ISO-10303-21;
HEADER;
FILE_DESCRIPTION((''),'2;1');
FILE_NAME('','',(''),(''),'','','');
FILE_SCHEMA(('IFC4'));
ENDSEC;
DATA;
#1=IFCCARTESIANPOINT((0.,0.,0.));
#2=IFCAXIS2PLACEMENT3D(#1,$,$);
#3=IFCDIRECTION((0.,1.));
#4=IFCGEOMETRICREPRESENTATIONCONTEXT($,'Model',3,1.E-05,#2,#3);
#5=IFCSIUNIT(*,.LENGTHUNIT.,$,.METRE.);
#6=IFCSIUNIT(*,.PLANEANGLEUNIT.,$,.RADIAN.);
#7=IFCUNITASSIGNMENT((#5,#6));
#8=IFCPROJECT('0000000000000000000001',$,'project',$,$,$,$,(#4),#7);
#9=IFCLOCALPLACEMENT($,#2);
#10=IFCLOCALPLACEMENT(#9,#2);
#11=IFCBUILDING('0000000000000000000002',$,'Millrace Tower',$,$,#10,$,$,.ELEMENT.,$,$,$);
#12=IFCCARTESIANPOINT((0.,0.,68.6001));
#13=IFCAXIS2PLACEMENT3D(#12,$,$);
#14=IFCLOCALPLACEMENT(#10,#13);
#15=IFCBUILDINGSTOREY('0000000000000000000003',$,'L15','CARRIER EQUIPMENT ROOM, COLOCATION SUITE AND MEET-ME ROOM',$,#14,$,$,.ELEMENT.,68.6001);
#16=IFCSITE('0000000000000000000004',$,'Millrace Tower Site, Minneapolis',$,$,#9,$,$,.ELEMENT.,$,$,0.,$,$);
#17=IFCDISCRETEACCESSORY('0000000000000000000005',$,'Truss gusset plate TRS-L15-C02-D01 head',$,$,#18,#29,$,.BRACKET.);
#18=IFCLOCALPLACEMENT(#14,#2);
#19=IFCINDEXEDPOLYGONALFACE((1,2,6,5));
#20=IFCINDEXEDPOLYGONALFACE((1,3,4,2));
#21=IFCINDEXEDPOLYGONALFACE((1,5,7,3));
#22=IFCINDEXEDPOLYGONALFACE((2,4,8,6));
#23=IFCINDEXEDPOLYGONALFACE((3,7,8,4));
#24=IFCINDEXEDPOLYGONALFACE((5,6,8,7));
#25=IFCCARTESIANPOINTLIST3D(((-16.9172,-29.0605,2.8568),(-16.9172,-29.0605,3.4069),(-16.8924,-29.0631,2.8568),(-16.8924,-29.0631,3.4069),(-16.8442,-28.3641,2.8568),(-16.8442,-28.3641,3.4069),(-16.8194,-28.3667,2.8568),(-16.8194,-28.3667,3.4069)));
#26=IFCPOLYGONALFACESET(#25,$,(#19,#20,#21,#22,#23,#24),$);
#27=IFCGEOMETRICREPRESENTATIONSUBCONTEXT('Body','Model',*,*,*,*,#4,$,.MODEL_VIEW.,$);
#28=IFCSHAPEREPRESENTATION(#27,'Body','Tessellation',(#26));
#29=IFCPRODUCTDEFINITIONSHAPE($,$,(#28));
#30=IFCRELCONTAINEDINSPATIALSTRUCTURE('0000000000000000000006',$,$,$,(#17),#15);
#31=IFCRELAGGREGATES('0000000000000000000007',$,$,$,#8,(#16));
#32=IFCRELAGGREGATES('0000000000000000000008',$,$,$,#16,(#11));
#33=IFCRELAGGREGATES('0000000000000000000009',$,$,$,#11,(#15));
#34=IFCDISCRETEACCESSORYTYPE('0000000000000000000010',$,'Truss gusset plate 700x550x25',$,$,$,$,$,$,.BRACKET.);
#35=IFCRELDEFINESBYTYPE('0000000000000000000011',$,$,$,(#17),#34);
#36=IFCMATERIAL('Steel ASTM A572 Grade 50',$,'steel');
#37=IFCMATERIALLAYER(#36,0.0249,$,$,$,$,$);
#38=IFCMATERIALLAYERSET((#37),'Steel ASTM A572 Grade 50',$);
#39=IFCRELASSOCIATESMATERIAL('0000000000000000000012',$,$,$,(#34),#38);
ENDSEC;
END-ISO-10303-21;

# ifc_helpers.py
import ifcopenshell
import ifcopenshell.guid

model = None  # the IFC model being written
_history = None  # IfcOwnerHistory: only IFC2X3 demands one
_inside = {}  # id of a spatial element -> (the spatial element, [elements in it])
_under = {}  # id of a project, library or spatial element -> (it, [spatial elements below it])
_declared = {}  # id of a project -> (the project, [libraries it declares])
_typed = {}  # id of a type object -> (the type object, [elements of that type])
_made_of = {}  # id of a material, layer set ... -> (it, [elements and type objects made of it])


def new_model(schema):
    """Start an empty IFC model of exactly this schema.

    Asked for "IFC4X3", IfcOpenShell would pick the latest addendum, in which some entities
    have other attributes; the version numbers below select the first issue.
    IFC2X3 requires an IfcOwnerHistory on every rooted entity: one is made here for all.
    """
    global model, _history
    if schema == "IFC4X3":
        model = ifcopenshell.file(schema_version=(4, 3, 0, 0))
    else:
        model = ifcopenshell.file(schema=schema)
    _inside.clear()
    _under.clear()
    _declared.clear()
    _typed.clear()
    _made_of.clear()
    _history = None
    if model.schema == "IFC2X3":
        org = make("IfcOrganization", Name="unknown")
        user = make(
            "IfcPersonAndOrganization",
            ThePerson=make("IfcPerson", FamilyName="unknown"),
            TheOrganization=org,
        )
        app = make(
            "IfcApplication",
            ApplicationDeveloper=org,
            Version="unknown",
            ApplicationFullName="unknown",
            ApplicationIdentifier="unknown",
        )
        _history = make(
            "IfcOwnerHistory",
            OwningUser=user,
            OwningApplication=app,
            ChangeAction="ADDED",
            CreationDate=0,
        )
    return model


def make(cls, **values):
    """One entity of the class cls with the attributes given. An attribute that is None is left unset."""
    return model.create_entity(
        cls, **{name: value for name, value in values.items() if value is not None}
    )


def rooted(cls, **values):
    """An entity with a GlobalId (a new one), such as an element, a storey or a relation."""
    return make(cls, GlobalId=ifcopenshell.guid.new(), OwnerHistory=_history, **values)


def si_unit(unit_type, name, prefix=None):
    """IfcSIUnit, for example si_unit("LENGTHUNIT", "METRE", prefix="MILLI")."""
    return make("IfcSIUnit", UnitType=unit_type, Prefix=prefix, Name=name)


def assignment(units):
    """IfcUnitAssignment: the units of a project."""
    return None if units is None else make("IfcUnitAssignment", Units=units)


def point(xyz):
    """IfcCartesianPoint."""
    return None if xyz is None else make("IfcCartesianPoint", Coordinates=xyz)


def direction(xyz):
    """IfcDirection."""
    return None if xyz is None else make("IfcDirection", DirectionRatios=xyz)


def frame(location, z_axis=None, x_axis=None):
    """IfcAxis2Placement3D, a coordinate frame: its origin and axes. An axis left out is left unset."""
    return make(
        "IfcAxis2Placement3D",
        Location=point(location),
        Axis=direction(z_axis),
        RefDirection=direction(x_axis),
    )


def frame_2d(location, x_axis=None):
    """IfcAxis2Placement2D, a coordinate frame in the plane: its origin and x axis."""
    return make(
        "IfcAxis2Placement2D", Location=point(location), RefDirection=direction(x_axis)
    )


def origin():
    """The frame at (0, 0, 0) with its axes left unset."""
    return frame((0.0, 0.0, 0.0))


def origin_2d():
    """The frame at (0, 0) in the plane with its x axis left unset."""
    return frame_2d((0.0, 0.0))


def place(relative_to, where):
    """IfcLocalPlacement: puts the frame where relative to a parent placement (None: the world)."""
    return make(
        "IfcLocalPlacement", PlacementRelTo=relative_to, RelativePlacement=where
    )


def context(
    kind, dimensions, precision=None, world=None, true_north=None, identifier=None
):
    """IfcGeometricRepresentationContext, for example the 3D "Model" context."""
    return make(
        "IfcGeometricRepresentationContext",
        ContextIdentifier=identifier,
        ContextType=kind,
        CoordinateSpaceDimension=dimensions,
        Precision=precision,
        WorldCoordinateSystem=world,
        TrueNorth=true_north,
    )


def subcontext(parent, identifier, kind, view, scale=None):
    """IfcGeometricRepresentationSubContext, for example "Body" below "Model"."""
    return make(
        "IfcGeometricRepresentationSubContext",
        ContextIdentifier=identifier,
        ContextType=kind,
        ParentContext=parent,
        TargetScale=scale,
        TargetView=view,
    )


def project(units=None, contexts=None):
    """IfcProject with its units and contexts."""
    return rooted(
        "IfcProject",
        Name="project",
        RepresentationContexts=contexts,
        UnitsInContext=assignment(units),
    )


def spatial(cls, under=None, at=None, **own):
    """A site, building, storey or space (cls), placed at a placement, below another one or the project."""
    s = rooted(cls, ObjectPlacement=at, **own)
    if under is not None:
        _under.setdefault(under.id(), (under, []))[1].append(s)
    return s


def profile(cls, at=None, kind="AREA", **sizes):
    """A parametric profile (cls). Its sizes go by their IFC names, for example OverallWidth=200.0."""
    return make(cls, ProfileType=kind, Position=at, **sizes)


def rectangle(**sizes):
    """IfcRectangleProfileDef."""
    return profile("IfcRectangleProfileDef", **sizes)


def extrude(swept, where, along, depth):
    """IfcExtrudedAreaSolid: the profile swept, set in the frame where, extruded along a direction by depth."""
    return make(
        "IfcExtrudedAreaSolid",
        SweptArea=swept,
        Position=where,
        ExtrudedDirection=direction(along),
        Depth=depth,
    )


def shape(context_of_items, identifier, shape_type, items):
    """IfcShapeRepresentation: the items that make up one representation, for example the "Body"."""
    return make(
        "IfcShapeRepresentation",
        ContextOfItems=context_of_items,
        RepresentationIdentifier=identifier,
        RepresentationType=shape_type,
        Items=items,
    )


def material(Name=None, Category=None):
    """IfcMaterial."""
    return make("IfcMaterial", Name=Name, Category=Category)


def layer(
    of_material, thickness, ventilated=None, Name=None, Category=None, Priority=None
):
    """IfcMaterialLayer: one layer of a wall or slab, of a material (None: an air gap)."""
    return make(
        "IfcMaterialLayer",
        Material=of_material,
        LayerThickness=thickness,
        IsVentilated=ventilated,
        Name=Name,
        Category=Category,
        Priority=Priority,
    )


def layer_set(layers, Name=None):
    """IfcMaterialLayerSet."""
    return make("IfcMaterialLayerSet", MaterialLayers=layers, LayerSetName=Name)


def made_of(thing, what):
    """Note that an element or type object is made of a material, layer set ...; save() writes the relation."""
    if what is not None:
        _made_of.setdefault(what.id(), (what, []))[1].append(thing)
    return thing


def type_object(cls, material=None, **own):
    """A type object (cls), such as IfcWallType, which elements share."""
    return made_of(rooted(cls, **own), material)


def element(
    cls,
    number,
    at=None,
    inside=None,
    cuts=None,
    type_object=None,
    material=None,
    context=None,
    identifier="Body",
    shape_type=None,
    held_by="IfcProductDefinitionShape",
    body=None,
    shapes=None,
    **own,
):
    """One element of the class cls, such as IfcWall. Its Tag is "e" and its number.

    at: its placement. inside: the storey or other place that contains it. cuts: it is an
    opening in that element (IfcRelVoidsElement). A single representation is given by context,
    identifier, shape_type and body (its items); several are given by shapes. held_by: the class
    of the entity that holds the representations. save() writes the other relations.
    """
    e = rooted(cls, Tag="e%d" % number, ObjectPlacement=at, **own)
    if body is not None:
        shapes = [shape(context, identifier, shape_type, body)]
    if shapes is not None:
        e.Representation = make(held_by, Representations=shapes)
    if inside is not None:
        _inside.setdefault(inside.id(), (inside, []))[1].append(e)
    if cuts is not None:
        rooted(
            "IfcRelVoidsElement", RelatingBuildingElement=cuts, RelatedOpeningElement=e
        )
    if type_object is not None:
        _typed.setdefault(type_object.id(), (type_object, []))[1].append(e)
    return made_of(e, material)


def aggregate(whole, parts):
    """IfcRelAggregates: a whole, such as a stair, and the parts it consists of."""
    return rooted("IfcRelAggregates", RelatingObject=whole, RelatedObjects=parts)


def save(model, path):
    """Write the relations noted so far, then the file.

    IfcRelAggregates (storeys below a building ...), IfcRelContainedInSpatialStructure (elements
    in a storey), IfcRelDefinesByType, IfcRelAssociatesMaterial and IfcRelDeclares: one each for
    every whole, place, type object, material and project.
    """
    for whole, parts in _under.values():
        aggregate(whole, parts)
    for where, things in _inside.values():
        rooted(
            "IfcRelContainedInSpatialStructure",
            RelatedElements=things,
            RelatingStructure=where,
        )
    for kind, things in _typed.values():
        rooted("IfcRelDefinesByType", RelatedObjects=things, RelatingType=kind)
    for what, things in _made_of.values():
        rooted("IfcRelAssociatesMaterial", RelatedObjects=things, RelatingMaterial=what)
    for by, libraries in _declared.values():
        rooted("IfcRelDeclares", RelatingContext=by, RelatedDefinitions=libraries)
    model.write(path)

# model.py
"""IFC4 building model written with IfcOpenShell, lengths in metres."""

from ifc_helpers import new_model, si_unit, direction, frame, origin, origin_2d, place, context, subcontext, project, spatial, rectangle, extrude, material, layer, layer_set, type_object, element, save


model = new_model("IFC4")

# Units and contexts
model_context = context("Model", 3, precision=1e-05, world=origin(), true_north=direction((0.0, 1.0)))
body_context = subcontext(model_context, "Body", "Model", "MODEL_VIEW")
ifc_project = project(units=[si_unit("LENGTHUNIT", "METRE"), si_unit("PLANEANGLEUNIT", "RADIAN")], contexts=[model_context])

# Site, building, storey
site_placement = place(None, origin())
site = spatial("IfcSite", under=ifc_project, at=site_placement, Name="Millrace Tower Site, Minneapolis", CompositionType="ELEMENT", RefElevation=0.0)
building_placement = place(site_placement, origin())
building = spatial("IfcBuilding", under=site, at=building_placement, Name="Millrace Tower", CompositionType="ELEMENT")
storey_placement = place(building_placement, frame((0.0, 0.0, 68.6001)))
storey = spatial("IfcBuildingStorey", under=building, at=storey_placement, Name="L15", Description="CARRIER EQUIPMENT ROOM, COLOCATION SUITE AND MEET-ME ROOM", CompositionType="ELEMENT", Elevation=68.6001)

# Discrete accessory
ifc_material_1 = material(Name="Steel ASTM A572 Grade 50", Category="steel")
ifc_layer_1 = layer(ifc_material_1, 0.0249)
ifc_layer_set_1 = layer_set([ifc_layer_1], Name="Steel ASTM A572 Grade 50")
discrete_accessory_type_1 = type_object("IfcDiscreteAccessoryType", Name="Truss gusset plate 700x550x25", PredefinedType="BRACKET", material=ifc_layer_set_1)
discrete_accessory_1_placement = place(storey_placement, frame((-16.9048, -29.0618, 3.1318), z_axis=(0.104267, 0.994549, 0.0), x_axis=(-0.994549, 0.104267, 0.0)))
element("IfcDiscreteAccessory", 1, at=discrete_accessory_1_placement, inside=storey, type_object=discrete_accessory_type_1, Name="Truss gusset plate TRS-L15-C02-D01 head", PredefinedType="BRACKET", context=body_context, shape_type="SweptSolid", body=[
    extrude(rectangle(XDim=0.0249, YDim=0.55, at=origin_2d()), origin(), (0.0, 0.0, 1.0), 0.7002),
])

save(model, "model.ifc")
